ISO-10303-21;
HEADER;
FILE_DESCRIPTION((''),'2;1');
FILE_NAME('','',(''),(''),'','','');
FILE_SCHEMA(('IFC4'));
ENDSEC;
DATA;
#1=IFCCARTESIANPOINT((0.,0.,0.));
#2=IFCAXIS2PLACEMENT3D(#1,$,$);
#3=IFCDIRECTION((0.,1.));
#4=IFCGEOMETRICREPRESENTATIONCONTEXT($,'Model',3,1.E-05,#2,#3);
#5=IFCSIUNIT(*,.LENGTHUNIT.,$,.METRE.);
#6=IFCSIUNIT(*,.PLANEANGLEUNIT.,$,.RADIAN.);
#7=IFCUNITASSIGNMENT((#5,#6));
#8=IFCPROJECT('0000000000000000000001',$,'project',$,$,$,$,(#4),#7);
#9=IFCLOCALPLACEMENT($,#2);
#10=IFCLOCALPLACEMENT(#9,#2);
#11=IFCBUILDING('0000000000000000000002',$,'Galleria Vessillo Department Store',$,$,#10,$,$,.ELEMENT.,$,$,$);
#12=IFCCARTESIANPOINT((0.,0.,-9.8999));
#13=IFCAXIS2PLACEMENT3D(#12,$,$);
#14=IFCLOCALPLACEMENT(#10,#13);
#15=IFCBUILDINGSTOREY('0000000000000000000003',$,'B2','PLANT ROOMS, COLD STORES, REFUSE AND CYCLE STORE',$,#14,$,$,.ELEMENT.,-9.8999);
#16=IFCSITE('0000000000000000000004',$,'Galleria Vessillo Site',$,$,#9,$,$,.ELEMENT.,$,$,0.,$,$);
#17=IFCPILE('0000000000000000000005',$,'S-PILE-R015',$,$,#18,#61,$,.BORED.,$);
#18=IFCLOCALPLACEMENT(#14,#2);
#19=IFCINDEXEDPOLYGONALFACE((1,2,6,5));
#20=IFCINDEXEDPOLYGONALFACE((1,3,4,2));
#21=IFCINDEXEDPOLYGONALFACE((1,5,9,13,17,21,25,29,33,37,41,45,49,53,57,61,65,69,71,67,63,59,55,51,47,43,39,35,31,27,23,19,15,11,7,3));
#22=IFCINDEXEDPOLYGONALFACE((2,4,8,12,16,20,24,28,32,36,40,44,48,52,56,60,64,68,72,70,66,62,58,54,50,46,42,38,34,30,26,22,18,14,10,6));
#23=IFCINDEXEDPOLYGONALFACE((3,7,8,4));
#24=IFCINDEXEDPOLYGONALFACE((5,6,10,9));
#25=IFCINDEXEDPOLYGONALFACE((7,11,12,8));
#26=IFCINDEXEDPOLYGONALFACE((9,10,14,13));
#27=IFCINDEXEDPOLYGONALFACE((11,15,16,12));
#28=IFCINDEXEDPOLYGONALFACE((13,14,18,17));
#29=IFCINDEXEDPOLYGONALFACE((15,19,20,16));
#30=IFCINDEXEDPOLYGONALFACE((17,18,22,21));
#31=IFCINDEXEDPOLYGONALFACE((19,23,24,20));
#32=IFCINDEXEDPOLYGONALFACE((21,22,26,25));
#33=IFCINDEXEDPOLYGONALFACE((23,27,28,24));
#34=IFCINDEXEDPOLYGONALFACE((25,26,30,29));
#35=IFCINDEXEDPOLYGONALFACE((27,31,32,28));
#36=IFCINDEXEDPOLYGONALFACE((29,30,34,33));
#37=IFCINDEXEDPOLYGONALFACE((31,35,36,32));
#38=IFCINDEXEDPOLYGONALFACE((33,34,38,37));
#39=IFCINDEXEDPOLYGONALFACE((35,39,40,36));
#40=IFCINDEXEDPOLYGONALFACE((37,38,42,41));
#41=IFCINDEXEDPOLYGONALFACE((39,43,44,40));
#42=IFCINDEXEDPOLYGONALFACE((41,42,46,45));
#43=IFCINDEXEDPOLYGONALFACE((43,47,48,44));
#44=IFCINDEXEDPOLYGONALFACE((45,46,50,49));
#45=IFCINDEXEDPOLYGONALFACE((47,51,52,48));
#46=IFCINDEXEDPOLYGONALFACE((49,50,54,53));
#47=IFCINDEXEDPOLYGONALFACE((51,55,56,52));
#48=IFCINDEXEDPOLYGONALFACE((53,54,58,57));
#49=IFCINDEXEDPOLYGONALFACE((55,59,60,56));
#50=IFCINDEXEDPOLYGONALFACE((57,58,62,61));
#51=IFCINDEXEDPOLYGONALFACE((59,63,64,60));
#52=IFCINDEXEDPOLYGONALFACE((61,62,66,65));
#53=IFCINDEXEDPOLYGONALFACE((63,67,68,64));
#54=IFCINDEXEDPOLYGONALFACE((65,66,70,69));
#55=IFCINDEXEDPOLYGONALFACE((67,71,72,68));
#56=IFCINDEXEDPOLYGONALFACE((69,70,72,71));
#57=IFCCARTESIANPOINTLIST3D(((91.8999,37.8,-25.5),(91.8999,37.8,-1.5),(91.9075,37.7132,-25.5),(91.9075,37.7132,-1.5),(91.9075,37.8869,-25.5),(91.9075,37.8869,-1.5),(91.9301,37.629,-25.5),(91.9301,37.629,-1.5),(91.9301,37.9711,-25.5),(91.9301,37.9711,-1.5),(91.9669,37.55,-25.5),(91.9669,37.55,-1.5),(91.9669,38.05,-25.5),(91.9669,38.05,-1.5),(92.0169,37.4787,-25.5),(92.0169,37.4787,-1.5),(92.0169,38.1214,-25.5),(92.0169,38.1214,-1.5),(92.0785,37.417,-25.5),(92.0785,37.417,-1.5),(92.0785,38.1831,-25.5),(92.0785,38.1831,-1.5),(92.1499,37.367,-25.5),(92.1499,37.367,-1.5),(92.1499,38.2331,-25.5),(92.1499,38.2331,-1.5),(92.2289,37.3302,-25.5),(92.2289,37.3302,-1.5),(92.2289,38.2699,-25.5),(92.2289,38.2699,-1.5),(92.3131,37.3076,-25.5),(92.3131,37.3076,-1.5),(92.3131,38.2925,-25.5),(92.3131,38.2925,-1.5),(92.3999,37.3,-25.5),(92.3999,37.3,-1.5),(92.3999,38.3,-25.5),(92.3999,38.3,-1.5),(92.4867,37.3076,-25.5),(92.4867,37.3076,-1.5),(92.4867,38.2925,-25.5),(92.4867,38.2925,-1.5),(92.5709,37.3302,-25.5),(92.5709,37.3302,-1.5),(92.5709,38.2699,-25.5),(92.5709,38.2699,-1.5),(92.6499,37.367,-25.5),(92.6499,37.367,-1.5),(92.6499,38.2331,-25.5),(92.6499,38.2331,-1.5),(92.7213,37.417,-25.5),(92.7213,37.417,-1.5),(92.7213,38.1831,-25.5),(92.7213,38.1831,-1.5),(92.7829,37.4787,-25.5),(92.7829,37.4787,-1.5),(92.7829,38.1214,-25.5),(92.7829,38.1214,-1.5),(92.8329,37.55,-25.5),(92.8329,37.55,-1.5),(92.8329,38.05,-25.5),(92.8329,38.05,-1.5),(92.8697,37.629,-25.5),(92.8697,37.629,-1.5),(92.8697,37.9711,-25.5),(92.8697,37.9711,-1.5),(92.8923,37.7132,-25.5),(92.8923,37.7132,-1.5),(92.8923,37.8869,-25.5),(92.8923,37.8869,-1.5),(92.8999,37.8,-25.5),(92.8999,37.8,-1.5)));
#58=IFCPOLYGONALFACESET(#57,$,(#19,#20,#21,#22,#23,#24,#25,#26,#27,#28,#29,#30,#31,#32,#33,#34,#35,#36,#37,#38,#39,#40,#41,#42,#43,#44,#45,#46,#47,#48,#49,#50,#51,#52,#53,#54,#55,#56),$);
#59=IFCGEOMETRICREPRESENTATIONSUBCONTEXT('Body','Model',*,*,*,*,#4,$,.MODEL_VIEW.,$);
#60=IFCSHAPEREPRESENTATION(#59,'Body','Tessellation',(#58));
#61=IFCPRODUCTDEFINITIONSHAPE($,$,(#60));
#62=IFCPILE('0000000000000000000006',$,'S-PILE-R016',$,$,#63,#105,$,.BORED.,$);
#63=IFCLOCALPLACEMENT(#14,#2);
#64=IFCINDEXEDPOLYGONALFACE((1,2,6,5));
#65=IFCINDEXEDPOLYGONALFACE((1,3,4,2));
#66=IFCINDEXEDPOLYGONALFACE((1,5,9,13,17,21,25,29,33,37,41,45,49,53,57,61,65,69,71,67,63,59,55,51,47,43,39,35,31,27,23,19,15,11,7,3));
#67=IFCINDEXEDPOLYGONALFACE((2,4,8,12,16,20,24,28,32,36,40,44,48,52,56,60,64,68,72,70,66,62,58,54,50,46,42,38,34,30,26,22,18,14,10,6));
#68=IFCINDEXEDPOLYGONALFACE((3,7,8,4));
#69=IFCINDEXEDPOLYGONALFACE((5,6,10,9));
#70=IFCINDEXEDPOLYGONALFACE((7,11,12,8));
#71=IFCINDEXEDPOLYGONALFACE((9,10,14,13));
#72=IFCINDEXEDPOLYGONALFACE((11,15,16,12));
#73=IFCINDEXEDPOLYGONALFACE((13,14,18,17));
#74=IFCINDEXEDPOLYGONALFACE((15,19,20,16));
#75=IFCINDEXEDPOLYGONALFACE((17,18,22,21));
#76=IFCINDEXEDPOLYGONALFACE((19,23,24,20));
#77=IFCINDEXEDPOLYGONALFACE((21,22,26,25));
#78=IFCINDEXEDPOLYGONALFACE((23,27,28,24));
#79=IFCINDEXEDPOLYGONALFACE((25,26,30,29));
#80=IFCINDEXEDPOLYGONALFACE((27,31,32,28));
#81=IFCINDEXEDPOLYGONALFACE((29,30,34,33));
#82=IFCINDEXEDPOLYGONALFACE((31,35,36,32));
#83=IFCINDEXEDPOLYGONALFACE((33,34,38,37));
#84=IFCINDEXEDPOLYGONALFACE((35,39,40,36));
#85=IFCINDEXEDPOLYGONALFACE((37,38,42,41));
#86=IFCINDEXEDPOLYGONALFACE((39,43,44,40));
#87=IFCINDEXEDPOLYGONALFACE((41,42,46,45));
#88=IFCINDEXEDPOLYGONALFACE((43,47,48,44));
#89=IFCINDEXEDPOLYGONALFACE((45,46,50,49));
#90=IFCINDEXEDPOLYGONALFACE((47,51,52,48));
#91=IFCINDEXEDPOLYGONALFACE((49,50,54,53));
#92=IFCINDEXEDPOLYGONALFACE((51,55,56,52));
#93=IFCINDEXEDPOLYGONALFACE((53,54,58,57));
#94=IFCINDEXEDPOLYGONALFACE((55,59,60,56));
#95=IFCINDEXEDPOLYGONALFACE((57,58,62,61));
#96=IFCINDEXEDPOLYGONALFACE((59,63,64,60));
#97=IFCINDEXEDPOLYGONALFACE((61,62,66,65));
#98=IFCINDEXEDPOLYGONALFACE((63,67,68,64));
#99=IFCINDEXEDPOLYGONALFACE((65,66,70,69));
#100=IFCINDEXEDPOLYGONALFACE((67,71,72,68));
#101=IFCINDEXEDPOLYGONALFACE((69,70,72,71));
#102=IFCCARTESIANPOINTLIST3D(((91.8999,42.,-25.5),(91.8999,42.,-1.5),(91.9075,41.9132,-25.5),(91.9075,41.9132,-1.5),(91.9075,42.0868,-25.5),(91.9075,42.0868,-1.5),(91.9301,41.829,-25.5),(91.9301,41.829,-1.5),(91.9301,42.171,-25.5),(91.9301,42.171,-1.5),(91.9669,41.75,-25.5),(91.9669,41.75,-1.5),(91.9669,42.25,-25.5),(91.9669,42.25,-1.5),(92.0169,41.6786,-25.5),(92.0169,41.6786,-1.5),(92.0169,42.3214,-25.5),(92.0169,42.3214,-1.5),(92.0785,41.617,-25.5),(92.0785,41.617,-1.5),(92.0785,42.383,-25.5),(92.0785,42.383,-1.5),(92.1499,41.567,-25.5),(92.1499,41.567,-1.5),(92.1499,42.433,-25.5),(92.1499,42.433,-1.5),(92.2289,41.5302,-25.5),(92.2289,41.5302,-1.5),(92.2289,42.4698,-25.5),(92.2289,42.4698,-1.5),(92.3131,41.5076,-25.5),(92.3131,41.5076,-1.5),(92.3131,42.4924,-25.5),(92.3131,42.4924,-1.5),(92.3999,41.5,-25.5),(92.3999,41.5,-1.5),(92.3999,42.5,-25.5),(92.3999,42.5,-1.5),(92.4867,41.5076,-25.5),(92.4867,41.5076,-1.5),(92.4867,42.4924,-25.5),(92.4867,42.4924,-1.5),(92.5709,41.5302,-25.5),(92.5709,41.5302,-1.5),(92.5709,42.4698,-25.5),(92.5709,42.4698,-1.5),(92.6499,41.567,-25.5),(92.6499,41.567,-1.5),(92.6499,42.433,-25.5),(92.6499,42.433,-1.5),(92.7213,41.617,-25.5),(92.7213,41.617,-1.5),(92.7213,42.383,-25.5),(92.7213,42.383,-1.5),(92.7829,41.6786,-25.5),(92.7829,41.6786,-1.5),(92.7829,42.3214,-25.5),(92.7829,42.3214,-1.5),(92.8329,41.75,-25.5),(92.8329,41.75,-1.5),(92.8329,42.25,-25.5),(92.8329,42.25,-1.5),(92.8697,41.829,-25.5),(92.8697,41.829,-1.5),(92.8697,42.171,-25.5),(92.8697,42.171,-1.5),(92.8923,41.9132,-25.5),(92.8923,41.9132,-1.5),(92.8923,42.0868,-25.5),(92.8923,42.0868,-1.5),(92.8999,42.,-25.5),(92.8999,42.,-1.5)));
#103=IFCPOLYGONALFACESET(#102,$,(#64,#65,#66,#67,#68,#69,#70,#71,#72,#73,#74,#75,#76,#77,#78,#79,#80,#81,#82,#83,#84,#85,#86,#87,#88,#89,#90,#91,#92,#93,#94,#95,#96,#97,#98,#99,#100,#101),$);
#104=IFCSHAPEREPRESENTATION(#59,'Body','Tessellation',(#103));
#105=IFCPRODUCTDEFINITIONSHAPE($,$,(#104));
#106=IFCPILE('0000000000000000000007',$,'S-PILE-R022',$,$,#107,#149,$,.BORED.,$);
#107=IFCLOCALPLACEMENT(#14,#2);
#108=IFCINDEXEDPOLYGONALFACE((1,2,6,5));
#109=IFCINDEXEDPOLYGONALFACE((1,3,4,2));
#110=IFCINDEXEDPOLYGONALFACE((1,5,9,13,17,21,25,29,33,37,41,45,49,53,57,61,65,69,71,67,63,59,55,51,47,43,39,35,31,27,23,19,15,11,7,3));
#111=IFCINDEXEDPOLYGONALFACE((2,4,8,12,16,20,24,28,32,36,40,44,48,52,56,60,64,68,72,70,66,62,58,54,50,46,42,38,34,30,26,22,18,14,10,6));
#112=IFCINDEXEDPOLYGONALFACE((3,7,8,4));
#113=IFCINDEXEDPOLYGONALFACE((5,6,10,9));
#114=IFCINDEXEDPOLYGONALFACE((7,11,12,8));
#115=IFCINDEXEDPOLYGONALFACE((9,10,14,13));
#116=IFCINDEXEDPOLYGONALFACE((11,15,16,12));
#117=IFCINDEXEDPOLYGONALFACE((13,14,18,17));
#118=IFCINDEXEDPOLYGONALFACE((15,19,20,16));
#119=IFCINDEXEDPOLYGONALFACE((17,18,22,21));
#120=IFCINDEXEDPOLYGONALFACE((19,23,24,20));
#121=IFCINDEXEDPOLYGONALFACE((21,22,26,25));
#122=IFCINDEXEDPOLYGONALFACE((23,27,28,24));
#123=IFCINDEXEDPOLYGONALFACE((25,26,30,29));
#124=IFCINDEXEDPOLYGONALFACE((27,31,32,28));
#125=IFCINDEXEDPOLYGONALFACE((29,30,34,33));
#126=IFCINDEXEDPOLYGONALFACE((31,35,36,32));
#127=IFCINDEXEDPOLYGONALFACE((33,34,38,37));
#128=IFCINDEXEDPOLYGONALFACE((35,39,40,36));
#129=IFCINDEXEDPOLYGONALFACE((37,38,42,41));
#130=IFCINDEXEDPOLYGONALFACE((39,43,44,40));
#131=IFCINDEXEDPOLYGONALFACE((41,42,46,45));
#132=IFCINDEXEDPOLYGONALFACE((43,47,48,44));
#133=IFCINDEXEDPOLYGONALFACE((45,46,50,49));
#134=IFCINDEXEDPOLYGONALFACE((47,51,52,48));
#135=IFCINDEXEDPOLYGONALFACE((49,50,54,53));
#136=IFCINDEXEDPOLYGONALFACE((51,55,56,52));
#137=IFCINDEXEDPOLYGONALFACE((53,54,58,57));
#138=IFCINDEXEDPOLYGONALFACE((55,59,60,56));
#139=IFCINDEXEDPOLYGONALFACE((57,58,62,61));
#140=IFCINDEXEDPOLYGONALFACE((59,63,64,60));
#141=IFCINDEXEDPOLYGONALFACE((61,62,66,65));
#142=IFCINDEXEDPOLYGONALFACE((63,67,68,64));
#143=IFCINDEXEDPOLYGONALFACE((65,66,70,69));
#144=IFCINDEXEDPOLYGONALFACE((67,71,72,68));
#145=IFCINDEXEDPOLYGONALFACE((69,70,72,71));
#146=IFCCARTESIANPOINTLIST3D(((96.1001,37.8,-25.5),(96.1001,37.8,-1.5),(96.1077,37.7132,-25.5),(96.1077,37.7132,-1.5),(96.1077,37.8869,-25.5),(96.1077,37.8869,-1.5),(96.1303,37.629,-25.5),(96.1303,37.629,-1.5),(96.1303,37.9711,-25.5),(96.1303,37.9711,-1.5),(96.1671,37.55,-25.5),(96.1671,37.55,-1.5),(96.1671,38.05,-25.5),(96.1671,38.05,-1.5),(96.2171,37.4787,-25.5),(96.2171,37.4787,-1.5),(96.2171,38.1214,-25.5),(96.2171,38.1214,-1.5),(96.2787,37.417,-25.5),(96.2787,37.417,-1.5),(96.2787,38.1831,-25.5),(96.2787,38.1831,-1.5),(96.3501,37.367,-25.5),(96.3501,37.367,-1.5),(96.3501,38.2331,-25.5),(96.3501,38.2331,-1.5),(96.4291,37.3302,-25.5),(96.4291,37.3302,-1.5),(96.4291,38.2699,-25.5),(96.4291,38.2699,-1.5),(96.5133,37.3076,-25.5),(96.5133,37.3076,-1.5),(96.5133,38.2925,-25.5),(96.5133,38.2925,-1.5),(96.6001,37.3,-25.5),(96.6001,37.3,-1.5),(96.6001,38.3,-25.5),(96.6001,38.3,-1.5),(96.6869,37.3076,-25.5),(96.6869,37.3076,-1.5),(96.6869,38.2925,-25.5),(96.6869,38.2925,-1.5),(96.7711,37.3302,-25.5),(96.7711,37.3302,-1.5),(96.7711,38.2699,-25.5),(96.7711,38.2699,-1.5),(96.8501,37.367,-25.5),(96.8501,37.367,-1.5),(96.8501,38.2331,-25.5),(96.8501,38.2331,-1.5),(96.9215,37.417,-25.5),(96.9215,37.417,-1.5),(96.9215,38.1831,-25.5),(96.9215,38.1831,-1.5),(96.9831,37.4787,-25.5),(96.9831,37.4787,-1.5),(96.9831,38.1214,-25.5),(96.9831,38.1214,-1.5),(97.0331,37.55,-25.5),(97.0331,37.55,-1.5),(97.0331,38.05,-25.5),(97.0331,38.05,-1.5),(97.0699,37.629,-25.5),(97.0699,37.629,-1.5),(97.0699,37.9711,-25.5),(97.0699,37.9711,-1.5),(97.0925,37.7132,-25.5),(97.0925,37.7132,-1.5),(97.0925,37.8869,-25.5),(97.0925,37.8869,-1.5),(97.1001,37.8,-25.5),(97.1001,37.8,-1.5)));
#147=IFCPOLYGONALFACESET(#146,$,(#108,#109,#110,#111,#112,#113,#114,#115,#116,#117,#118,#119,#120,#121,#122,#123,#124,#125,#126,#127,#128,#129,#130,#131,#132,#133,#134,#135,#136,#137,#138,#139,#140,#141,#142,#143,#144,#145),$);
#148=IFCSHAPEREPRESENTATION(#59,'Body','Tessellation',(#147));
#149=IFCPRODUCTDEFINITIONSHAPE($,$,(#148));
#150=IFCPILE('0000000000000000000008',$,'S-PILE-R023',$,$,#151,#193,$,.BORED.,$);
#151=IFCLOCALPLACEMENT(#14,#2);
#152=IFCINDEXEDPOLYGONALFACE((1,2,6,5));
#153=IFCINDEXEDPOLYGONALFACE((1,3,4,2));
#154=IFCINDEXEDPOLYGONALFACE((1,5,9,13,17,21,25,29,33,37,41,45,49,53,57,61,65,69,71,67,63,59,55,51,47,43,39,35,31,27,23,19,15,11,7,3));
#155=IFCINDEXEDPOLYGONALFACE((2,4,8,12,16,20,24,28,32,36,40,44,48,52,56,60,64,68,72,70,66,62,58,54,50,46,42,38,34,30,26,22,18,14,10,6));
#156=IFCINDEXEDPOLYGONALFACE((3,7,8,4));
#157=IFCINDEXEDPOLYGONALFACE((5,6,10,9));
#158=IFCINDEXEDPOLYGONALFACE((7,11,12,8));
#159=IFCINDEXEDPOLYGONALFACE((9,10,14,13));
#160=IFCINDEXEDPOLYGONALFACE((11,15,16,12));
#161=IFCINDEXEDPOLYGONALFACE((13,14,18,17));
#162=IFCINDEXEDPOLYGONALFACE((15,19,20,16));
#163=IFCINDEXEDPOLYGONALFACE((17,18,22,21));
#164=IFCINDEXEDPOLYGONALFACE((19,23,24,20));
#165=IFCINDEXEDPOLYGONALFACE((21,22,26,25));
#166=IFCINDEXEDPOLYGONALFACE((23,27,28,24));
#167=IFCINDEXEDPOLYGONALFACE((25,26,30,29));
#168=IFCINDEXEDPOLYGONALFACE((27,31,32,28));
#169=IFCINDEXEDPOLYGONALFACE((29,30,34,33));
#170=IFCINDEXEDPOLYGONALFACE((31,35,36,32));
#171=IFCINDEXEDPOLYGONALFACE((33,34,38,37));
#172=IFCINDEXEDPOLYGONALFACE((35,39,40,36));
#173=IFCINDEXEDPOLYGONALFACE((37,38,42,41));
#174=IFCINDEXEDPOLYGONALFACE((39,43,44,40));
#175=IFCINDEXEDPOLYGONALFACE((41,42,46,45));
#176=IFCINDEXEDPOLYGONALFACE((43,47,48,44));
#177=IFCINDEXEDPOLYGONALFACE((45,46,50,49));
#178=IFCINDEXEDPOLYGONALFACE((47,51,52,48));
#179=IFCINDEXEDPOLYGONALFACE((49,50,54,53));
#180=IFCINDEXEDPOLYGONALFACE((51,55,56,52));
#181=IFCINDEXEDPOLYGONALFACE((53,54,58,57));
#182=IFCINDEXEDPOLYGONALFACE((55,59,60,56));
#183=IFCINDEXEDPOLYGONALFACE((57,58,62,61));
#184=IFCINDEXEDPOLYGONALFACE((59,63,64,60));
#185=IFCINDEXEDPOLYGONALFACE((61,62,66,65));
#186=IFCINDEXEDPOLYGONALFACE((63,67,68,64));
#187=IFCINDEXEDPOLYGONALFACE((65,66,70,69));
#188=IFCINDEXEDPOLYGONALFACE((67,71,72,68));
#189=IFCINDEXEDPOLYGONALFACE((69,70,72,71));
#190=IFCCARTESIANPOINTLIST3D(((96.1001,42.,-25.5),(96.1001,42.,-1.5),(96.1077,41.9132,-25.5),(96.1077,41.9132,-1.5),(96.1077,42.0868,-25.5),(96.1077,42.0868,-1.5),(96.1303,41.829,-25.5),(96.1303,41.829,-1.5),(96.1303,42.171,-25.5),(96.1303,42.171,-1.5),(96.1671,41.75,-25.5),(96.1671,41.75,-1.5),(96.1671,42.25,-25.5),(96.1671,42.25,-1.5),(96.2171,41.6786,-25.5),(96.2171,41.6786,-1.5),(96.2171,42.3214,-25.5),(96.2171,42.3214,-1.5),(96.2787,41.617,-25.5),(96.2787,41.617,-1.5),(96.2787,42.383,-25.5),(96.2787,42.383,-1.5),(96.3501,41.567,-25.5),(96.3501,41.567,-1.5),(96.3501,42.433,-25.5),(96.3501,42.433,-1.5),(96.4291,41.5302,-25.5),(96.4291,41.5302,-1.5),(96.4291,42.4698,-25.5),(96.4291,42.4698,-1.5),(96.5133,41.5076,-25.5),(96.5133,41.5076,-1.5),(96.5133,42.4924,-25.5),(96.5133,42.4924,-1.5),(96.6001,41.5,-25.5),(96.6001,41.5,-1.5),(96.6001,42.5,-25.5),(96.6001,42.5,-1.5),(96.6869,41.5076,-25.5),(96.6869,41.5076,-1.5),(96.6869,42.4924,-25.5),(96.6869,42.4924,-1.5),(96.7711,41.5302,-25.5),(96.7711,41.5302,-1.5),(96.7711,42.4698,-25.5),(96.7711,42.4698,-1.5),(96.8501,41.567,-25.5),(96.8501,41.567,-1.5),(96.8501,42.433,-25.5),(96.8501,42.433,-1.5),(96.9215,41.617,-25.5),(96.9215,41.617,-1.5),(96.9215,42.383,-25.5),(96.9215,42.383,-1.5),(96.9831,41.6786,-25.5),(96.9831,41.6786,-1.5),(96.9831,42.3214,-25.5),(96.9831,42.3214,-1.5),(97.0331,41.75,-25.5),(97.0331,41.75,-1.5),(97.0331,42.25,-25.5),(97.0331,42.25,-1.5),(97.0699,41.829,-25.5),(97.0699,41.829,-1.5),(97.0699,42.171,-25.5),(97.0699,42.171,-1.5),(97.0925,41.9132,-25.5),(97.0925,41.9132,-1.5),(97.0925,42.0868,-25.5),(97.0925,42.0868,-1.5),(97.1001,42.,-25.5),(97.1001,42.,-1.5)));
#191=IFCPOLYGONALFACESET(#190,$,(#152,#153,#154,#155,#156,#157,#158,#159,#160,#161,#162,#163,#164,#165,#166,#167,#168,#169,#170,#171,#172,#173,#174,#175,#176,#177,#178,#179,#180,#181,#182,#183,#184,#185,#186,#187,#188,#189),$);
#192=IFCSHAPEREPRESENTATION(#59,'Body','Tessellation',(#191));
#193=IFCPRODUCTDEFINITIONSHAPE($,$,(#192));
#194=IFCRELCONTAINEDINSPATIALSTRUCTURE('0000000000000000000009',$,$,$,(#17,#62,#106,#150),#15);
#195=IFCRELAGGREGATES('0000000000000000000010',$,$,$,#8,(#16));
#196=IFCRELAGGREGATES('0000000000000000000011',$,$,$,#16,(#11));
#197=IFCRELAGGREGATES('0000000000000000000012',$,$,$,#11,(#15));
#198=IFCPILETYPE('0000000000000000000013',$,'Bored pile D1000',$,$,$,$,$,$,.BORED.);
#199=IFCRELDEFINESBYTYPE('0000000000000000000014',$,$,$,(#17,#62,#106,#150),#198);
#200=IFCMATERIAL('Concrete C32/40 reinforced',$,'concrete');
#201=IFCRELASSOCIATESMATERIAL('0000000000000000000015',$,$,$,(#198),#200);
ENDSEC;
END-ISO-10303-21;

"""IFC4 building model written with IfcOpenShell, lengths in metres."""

from ifc_helpers import new_model, si_unit, direction, frame, origin, origin_2d, place, context, subcontext, project, spatial, circle, extrude, material, material_profile, profile_set, type_object, element, save


model = new_model("IFC4")

# Units and contexts
model_context = context("Model", 3, precision=1e-05, world=origin(), true_north=direction((0.0, 1.0)))
body_context = subcontext(model_context, "Body", "Model", "MODEL_VIEW")
ifc_project = project(units=[si_unit("LENGTHUNIT", "METRE"), si_unit("PLANEANGLEUNIT", "RADIAN")], contexts=[model_context])

# Site, building, storey
site_placement = place(None, origin())
site = spatial("IfcSite", under=ifc_project, at=site_placement, Name="Galleria Vessillo Site", CompositionType="ELEMENT", RefElevation=0.0)
building_placement = place(site_placement, origin())
building = spatial("IfcBuilding", under=site, at=building_placement, Name="Galleria Vessillo Department Store", CompositionType="ELEMENT")
storey_placement = place(building_placement, frame((0.0, 0.0, -9.8999)))
storey = spatial("IfcBuildingStorey", under=building, at=storey_placement, Name="B2", Description="PLANT ROOMS, COLD STORES, REFUSE AND CYCLE STORE", CompositionType="ELEMENT", Elevation=-9.8999)

# Piles
ifc_material_1 = material(Name="Concrete C32/40 reinforced", Category="concrete")
ifc_material_profile_1 = material_profile(ifc_material_1, circle(Radius=0.5, at=origin_2d()), Name="Bored pile D1000")
ifc_profile_set_1 = profile_set([ifc_material_profile_1], Name="Concrete C32/40 reinforced")
pile_type = type_object("IfcPileType", Name="Bored pile D1000", PredefinedType="BORED", material=ifc_profile_set_1)
for number, where, z_axis, x_axis, name in (
    (1, (92.3999, 37.8, -1.5), (0.0, 0.0, -1.0), (1.0, 0.0, 0.0), "S-PILE-R015"),
    (2, (92.3999, 42.0, -1.5), (0.0, 0.0, -1.0), (1.0, 0.0, 0.0), "S-PILE-R016"),
    (3, (96.6001, 37.8, -1.5), (0.0, 0.0, -1.0), (1.0, 0.0, 0.0), "S-PILE-R022"),
    (4, (96.6001, 42.0, -1.5), (0.0, 0.0, -1.0), (1.0, 0.0, 0.0), "S-PILE-R023"),
):
    element("IfcPile", number, at=place(storey_placement, frame(where, z_axis=z_axis, x_axis=x_axis)), inside=storey, type_object=pile_type, Name=name, PredefinedType="BORED", context=body_context, shape_type="SweptSolid", body=[
        extrude(circle(Radius=0.5, at=origin_2d()), origin(), (0.0, 0.0, 1.0), 24.0),
    ])

save(model, "model.ifc")
